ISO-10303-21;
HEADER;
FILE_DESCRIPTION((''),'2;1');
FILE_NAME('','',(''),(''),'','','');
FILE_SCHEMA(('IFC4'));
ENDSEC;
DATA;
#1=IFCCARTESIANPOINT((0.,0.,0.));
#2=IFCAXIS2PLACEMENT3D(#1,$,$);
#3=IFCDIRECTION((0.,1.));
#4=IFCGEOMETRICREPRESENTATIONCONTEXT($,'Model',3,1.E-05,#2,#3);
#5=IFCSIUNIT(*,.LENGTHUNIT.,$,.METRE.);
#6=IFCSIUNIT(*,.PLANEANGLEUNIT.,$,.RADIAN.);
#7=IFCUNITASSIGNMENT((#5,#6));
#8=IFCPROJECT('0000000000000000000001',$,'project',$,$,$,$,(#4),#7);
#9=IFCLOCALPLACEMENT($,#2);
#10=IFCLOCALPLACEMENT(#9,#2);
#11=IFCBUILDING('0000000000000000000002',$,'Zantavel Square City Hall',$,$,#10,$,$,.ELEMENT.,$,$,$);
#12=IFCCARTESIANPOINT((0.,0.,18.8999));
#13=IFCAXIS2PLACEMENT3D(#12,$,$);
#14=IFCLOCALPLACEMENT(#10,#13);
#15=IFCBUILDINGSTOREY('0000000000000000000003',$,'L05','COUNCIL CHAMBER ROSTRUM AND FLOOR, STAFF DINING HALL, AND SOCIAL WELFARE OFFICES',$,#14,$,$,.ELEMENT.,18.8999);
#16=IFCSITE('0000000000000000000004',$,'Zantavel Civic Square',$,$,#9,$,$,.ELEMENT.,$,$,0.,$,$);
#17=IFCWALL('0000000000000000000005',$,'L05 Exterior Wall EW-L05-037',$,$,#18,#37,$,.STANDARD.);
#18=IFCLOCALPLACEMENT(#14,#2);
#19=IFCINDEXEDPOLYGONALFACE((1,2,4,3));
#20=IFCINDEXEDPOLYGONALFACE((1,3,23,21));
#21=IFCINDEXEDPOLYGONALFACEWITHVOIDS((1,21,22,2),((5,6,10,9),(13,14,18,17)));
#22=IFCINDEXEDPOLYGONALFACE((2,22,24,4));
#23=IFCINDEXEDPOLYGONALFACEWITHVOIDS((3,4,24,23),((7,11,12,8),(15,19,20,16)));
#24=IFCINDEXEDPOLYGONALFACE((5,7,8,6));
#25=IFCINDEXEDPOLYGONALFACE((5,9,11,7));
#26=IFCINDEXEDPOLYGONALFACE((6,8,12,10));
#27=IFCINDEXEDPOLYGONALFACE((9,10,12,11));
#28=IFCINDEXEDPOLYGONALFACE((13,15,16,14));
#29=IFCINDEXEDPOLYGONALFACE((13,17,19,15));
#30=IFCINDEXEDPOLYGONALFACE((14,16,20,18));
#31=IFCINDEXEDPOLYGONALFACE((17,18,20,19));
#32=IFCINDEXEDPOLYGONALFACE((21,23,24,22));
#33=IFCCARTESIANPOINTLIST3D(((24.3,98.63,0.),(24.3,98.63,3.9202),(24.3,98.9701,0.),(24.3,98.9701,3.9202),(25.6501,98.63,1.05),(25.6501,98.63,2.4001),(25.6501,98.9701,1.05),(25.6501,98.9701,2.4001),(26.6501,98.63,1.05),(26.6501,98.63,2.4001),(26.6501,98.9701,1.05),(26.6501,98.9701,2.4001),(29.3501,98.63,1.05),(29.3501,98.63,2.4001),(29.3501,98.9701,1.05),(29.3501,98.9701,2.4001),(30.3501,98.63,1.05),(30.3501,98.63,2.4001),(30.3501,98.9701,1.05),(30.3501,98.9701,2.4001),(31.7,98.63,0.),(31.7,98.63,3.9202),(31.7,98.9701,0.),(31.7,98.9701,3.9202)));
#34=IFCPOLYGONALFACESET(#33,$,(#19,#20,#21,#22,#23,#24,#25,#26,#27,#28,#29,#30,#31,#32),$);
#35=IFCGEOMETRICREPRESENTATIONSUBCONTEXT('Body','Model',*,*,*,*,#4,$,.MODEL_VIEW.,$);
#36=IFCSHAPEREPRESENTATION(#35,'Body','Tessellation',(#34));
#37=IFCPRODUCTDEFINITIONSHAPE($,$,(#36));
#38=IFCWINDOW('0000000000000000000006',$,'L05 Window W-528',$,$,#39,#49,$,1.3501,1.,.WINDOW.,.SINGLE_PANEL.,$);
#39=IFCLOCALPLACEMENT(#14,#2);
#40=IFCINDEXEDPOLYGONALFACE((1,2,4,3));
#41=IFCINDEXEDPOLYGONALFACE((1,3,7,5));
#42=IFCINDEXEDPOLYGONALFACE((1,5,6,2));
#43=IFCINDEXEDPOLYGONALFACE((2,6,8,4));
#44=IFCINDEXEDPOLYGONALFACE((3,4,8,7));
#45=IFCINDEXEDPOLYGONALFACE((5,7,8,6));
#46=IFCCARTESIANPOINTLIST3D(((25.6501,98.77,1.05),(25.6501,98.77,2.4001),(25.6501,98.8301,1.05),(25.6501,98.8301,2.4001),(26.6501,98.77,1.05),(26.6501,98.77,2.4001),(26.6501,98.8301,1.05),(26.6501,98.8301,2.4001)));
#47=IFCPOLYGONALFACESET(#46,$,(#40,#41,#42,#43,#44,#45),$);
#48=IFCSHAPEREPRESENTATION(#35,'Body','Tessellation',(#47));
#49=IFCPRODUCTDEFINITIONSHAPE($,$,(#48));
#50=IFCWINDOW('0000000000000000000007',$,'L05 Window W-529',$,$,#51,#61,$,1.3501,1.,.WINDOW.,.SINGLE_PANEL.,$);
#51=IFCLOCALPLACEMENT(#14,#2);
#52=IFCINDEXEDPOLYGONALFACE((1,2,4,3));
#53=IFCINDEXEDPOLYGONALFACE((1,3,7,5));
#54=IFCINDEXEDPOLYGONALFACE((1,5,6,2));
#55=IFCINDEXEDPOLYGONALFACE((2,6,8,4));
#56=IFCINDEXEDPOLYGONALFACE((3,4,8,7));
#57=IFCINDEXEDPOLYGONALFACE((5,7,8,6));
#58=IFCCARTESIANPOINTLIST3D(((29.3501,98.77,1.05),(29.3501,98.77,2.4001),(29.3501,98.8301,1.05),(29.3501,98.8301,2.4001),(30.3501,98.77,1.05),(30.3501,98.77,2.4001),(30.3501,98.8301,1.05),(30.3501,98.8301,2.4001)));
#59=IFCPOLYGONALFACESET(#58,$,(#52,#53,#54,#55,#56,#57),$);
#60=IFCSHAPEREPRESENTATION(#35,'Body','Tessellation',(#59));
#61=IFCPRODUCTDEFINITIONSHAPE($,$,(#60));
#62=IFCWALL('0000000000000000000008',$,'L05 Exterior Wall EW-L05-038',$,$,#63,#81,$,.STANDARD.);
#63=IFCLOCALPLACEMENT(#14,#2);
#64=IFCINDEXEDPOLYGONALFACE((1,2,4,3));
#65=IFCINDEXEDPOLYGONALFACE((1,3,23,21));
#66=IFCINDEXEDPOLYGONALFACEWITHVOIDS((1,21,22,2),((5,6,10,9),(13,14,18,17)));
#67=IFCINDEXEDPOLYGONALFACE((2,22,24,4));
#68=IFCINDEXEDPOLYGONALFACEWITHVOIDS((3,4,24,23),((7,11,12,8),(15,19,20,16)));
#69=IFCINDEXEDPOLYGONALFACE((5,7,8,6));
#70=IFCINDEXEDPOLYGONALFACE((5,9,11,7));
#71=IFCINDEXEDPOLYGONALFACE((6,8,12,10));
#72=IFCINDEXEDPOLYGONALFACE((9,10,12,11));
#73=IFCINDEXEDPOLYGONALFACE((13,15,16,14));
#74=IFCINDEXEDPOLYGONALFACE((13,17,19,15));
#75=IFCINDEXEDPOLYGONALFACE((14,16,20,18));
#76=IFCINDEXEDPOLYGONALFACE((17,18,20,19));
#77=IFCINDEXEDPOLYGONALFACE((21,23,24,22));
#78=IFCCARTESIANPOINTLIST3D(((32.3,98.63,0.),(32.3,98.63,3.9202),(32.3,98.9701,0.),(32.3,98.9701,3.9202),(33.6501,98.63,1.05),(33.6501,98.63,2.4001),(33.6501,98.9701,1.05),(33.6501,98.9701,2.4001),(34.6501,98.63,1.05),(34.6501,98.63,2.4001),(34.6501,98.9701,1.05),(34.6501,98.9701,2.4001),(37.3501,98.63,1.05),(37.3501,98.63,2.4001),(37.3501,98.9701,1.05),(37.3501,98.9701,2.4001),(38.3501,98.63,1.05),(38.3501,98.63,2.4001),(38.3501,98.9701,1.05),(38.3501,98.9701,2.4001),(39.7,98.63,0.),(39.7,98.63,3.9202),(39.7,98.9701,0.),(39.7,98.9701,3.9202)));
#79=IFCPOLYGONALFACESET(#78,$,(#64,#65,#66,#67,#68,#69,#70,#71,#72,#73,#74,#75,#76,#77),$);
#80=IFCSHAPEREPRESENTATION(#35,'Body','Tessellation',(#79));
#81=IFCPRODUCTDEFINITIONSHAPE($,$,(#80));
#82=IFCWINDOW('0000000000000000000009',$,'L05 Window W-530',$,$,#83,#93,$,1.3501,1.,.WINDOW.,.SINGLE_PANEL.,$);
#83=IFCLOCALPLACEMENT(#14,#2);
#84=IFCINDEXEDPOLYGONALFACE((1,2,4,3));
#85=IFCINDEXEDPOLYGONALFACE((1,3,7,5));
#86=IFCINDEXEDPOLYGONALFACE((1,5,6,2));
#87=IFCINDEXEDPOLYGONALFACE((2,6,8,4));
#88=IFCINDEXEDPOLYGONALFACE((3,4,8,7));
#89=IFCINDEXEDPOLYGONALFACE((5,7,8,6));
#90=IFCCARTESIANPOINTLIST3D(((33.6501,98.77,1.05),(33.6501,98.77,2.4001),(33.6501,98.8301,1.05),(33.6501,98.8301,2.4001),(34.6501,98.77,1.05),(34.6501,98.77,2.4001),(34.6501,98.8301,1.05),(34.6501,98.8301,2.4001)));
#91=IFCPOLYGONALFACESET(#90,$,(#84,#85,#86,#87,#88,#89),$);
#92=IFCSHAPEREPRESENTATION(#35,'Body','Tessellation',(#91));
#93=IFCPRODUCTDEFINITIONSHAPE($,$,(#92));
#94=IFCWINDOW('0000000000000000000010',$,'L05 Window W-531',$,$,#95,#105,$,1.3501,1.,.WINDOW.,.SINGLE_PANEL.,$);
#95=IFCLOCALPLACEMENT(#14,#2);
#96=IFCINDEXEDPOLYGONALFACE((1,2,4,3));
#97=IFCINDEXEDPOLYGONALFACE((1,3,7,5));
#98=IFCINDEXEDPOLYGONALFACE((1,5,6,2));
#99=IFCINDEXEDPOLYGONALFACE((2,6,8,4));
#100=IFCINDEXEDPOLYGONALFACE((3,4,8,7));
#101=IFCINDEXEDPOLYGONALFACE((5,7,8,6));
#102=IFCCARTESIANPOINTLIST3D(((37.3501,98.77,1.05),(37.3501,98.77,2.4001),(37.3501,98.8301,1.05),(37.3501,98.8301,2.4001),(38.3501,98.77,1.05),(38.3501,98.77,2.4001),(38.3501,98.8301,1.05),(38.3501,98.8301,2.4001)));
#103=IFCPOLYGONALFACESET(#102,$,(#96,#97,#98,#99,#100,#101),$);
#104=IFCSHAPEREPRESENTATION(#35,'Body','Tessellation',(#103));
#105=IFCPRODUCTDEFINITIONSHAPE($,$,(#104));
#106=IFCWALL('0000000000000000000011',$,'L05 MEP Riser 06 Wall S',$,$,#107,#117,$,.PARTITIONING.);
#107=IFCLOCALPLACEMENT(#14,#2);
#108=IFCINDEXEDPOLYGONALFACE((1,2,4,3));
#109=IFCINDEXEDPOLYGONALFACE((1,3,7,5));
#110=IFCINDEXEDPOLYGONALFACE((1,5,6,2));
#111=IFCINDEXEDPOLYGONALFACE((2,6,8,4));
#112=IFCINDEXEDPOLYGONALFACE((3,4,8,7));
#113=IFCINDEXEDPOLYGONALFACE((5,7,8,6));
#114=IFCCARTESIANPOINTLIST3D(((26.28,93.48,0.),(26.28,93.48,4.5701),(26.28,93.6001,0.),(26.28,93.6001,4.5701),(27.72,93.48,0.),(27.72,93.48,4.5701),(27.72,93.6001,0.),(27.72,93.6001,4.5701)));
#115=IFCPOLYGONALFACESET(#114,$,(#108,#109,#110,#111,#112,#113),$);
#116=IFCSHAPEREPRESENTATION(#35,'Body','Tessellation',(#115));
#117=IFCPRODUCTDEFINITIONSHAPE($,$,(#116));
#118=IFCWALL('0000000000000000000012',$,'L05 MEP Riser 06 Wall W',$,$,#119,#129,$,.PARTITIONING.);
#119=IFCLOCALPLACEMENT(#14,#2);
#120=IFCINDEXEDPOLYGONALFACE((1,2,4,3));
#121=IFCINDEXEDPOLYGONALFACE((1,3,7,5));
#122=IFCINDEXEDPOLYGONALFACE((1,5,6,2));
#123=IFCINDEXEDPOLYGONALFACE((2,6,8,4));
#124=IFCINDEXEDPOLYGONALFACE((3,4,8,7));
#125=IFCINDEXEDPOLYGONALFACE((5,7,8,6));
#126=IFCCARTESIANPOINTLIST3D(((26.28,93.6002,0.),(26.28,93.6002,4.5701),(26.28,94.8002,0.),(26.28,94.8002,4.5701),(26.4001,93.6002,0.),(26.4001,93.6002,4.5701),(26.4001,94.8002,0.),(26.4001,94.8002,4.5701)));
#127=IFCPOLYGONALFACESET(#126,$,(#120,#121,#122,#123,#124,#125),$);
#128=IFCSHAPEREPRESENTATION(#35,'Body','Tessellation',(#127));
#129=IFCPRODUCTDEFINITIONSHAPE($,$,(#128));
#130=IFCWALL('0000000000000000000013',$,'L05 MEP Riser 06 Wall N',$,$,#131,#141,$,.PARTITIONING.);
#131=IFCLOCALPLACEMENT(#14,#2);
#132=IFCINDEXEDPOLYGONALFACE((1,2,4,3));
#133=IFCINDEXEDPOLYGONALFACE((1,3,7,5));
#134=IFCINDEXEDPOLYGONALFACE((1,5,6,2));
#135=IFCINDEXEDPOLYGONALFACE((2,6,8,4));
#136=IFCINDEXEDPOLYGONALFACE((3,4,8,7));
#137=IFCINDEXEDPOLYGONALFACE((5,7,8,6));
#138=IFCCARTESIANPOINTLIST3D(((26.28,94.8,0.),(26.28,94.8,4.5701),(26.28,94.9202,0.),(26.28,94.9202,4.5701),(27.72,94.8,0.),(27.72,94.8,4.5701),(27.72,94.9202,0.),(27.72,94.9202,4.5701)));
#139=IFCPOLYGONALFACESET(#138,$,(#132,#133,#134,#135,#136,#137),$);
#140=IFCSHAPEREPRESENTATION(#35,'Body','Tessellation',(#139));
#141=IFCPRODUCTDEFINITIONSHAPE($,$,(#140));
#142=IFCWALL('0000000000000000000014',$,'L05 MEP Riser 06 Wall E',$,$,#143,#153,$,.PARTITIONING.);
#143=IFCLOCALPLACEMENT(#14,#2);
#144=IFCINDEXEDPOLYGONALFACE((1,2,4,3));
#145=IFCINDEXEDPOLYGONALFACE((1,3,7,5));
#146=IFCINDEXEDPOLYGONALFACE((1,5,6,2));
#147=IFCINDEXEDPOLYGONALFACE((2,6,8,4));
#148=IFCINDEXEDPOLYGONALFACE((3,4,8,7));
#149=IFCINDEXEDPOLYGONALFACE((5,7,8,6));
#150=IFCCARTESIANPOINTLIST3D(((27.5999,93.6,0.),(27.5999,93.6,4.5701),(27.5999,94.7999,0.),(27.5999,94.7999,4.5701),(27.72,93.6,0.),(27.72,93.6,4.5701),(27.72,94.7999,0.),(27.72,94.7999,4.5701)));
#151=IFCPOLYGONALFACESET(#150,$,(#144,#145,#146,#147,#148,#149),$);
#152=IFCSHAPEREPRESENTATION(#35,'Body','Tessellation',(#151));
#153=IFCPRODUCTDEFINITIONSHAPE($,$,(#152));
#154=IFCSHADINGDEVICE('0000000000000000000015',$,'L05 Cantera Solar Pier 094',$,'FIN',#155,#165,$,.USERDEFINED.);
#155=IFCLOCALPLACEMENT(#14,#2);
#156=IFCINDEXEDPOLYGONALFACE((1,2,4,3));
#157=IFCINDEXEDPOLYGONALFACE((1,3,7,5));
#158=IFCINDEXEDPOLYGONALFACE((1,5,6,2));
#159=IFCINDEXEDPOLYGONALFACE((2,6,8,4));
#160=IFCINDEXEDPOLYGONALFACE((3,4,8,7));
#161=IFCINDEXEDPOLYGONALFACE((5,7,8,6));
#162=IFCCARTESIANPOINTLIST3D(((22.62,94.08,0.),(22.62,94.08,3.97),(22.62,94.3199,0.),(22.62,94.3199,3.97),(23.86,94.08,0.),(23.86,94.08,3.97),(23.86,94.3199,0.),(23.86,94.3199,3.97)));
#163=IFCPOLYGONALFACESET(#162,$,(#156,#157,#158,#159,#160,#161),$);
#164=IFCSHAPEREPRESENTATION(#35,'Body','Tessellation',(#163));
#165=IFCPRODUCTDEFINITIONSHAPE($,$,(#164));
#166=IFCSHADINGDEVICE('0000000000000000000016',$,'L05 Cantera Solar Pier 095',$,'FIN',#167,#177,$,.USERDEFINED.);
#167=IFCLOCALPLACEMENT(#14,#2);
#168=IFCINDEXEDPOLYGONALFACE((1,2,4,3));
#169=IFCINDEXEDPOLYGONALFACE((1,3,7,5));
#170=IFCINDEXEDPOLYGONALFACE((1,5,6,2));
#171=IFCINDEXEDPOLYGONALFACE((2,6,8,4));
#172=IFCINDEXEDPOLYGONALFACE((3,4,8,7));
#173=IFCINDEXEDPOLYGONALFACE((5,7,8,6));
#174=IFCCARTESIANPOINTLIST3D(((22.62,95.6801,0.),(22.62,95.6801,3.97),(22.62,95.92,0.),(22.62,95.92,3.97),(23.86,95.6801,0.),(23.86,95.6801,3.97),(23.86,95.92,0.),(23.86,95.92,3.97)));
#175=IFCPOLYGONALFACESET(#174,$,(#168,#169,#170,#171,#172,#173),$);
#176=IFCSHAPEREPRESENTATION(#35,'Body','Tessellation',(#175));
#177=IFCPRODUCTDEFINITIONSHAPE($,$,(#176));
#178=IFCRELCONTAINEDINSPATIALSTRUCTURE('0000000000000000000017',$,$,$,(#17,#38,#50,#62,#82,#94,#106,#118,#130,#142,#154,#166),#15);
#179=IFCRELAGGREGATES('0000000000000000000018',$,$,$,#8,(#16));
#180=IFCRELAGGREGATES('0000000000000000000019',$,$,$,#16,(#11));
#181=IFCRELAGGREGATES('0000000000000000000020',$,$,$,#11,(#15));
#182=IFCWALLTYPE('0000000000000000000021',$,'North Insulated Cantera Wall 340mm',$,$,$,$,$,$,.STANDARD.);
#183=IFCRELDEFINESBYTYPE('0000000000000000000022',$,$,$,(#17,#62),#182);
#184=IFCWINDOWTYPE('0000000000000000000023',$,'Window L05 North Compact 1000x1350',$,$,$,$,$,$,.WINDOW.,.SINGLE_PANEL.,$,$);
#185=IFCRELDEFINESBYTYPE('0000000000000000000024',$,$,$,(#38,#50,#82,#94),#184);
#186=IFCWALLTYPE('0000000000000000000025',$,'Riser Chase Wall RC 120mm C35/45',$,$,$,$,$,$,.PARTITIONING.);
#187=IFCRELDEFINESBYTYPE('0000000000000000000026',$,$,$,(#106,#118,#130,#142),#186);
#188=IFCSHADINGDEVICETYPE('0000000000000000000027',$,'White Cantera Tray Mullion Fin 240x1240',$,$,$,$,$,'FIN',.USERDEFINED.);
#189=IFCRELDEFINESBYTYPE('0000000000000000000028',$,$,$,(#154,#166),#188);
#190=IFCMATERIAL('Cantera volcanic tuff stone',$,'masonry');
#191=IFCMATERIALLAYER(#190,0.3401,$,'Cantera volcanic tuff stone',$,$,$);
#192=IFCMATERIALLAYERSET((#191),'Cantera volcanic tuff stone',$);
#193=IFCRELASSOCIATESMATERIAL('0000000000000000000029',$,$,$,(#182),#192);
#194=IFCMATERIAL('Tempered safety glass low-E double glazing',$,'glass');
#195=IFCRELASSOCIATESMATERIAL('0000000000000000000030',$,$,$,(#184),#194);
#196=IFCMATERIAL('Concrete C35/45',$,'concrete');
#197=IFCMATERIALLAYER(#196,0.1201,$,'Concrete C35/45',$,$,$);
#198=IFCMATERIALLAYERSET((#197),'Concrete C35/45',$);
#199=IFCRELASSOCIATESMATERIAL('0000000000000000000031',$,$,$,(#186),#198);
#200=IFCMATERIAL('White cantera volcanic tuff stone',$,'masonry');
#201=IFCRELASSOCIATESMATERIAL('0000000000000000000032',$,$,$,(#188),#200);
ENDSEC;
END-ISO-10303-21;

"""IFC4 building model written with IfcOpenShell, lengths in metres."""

from ifc_helpers import new_model, si_unit, direction, frame, frame_2d, origin, origin_2d, place, context, subcontext, project, spatial, rectangle, extrude, material, layer, layer_set, type_object, element, fill, save


model = new_model("IFC4")

# Units and contexts
model_context = context("Model", 3, precision=1e-05, world=origin(), true_north=direction((0.0, 1.0)))
body_context = subcontext(model_context, "Body", "Model", "MODEL_VIEW")
ifc_project = project(units=[si_unit("LENGTHUNIT", "METRE"), si_unit("PLANEANGLEUNIT", "RADIAN")], contexts=[model_context])

# Site, building, storey
site_placement = place(None, origin())
site = spatial("IfcSite", under=ifc_project, at=site_placement, Name="Zantavel Civic Square", CompositionType="ELEMENT", RefElevation=0.0)
building_placement = place(site_placement, origin())
building = spatial("IfcBuilding", under=site, at=building_placement, Name="Zantavel Square City Hall", CompositionType="ELEMENT")
storey_placement = place(building_placement, frame((0.0, 0.0, 18.8999)))
storey = spatial("IfcBuildingStorey", under=building, at=storey_placement, Name="L05", Description="COUNCIL CHAMBER ROSTRUM AND FLOOR, STAFF DINING HALL, AND SOCIAL WELFARE OFFICES", CompositionType="ELEMENT", Elevation=18.8999)

# Shared definitions
ifc_material_1 = material(Name="Concrete C35/45", Category="concrete")

# Walls, openings, windows
ifc_material_2 = material(Name="Cantera volcanic tuff stone", Category="masonry")
ifc_material_3 = material(Name="Tempered safety glass low-E double glazing", Category="glass")
ifc_layer_1 = layer(ifc_material_2, 0.3401, Name="Cantera volcanic tuff stone")
ifc_layer_set_1 = layer_set([ifc_layer_1], Name="Cantera volcanic tuff stone")
wall_type_1 = type_object("IfcWallType", Name="North Insulated Cantera Wall 340mm", PredefinedType="STANDARD", material=ifc_layer_set_1)
wall_1_placement = place(storey_placement, frame((24.3, 98.8, 0.0), z_axis=(0.0, 0.0, 1.0), x_axis=(1.0, 0.0, 0.0)))
wall_1 = element("IfcWall", 1, at=wall_1_placement, inside=storey, type_object=wall_type_1, Name="L05 Exterior Wall EW-L05-037", PredefinedType="STANDARD", context=body_context, shape_type="SweptSolid", body=[
    extrude(rectangle(XDim=7.3999, YDim=0.3401, at=frame_2d((3.7, 0.0))), origin(), (0.0, 0.0, 1.0), 3.9202),
])
opening_1_placement = place(wall_1_placement, frame((1.3501, 0.0, 1.05)))
opening_1 = element("IfcOpeningElement", 2, at=opening_1_placement, cuts=wall_1, PredefinedType="OPENING", context=body_context, shape_type="SweptSolid", body=[
    extrude(rectangle(XDim=1.0, YDim=1.3501, at=frame_2d((0.5, 0.675))), frame((0.0, 0.1799, 0.0), z_axis=(0.0, -1.0, 0.0), x_axis=(1.0, 0.0, 0.0)), (0.0, 0.0, 1.0), 0.3601),
])
opening_2_placement = place(wall_1_placement, frame((5.05, 0.0, 1.05)))
opening_2 = element("IfcOpeningElement", 3, at=opening_2_placement, cuts=wall_1, PredefinedType="OPENING", context=body_context, shape_type="SweptSolid", body=[
    extrude(rectangle(XDim=1.0, YDim=1.3501, at=frame_2d((0.5, 0.675))), frame((0.0, 0.1799, 0.0), z_axis=(0.0, -1.0, 0.0), x_axis=(1.0, 0.0, 0.0)), (0.0, 0.0, 1.0), 0.3601),
])
window_type_1 = type_object("IfcWindowType", Name="Window L05 North Compact 1000x1350", PartitioningType="SINGLE_PANEL", PredefinedType="WINDOW", material=ifc_material_3)
window_1_placement = place(opening_1_placement, origin())
window_1 = element("IfcWindow", 4, at=window_1_placement, inside=storey, type_object=window_type_1, Name="L05 Window W-528", OverallHeight=1.3501, OverallWidth=1.0, PartitioningType="SINGLE_PANEL", PredefinedType="WINDOW", context=body_context, shape_type="SweptSolid", body=[
    extrude(rectangle(XDim=1.0, YDim=1.3501, at=frame_2d((0.5, 0.675))), frame((0.0, 0.03, 0.0), z_axis=(0.0, -1.0, 0.0), x_axis=(1.0, 0.0, 0.0)), (0.0, 0.0, 1.0), 0.0601),
])
fill(opening_1, window_1)
window_2_placement = place(opening_2_placement, origin())
window_2 = element("IfcWindow", 5, at=window_2_placement, inside=storey, type_object=window_type_1, Name="L05 Window W-529", OverallHeight=1.3501, OverallWidth=1.0, PartitioningType="SINGLE_PANEL", PredefinedType="WINDOW", context=body_context, shape_type="SweptSolid", body=[
    extrude(rectangle(XDim=1.0, YDim=1.3501, at=frame_2d((0.5, 0.675))), frame((0.0, 0.03, 0.0), z_axis=(0.0, -1.0, 0.0), x_axis=(1.0, 0.0, 0.0)), (0.0, 0.0, 1.0), 0.0601),
])
fill(opening_2, window_2)
wall_2_placement = place(storey_placement, frame((32.3, 98.8, 0.0), z_axis=(0.0, 0.0, 1.0), x_axis=(1.0, 0.0, 0.0)))
wall_2 = element("IfcWall", 6, at=wall_2_placement, inside=storey, type_object=wall_type_1, Name="L05 Exterior Wall EW-L05-038", PredefinedType="STANDARD", context=body_context, shape_type="SweptSolid", body=[
    extrude(rectangle(XDim=7.3999, YDim=0.3401, at=frame_2d((3.7, 0.0))), origin(), (0.0, 0.0, 1.0), 3.9202),
])
opening_3_placement = place(wall_2_placement, frame((1.3501, 0.0, 1.05)))
opening_3 = element("IfcOpeningElement", 7, at=opening_3_placement, cuts=wall_2, PredefinedType="OPENING", context=body_context, shape_type="SweptSolid", body=[
    extrude(rectangle(XDim=1.0, YDim=1.3501, at=frame_2d((0.5, 0.675))), frame((0.0, 0.1799, 0.0), z_axis=(0.0, -1.0, 0.0), x_axis=(1.0, 0.0, 0.0)), (0.0, 0.0, 1.0), 0.3601),
])
opening_4_placement = place(wall_2_placement, frame((5.05, 0.0, 1.05)))
opening_4 = element("IfcOpeningElement", 8, at=opening_4_placement, cuts=wall_2, PredefinedType="OPENING", context=body_context, shape_type="SweptSolid", body=[
    extrude(rectangle(XDim=1.0, YDim=1.3501, at=frame_2d((0.5, 0.675))), frame((0.0, 0.1799, 0.0), z_axis=(0.0, -1.0, 0.0), x_axis=(1.0, 0.0, 0.0)), (0.0, 0.0, 1.0), 0.3601),
])
window_3_placement = place(opening_3_placement, origin())
window_3 = element("IfcWindow", 9, at=window_3_placement, inside=storey, type_object=window_type_1, Name="L05 Window W-530", OverallHeight=1.3501, OverallWidth=1.0, PartitioningType="SINGLE_PANEL", PredefinedType="WINDOW", context=body_context, shape_type="SweptSolid", body=[
    extrude(rectangle(XDim=1.0, YDim=1.3501, at=frame_2d((0.5, 0.675))), frame((0.0, 0.03, 0.0), z_axis=(0.0, -1.0, 0.0), x_axis=(1.0, 0.0, 0.0)), (0.0, 0.0, 1.0), 0.0601),
])
fill(opening_3, window_3)
window_4_placement = place(opening_4_placement, origin())
window_4 = element("IfcWindow", 10, at=window_4_placement, inside=storey, type_object=window_type_1, Name="L05 Window W-531", OverallHeight=1.3501, OverallWidth=1.0, PartitioningType="SINGLE_PANEL", PredefinedType="WINDOW", context=body_context, shape_type="SweptSolid", body=[
    extrude(rectangle(XDim=1.0, YDim=1.3501, at=frame_2d((0.5, 0.675))), frame((0.0, 0.03, 0.0), z_axis=(0.0, -1.0, 0.0), x_axis=(1.0, 0.0, 0.0)), (0.0, 0.0, 1.0), 0.0601),
])
fill(opening_4, window_4)

# Walls
ifc_layer_2 = layer(ifc_material_1, 0.1201, Name="Concrete C35/45")
ifc_layer_set_2 = layer_set([ifc_layer_2], Name="Concrete C35/45")
wall_type_2 = type_object("IfcWallType", Name="Riser Chase Wall RC 120mm C35/45", PredefinedType="PARTITIONING", material=ifc_layer_set_2)
wall_3_placement = place(storey_placement, frame((27.72, 93.54, 0.0), z_axis=(0.0, 0.0, 1.0), x_axis=(-1.0, 0.0, 0.0)))
element("IfcWall", 11, at=wall_3_placement, inside=storey, type_object=wall_type_2, Name="L05 MEP Riser 06 Wall S", PredefinedType="PARTITIONING", context=body_context, shape_type="SweptSolid", body=[
    extrude(rectangle(XDim=1.4399, YDim=0.1201, at=frame_2d((0.72, 0.0))), origin(), (0.0, 0.0, 1.0), 4.5701),
])
wall_4_placement = place(storey_placement, frame((26.3401, 93.6001, 0.0), z_axis=(0.0, 0.0, 1.0), x_axis=(0.0, 1.0, 0.0)))
element("IfcWall", 12, at=wall_4_placement, inside=storey, type_object=wall_type_2, Name="L05 MEP Riser 06 Wall W", PredefinedType="PARTITIONING", context=body_context, shape_type="SweptSolid", body=[
    extrude(rectangle(XDim=1.2, YDim=0.1201, at=frame_2d((0.6001, 0.0))), origin(), (0.0, 0.0, 1.0), 4.5701),
])
wall_5_placement = place(storey_placement, frame((26.28, 94.8601, 0.0), z_axis=(0.0, 0.0, 1.0), x_axis=(1.0, 0.0, 0.0)))
element("IfcWall", 13, at=wall_5_placement, inside=storey, type_object=wall_type_2, Name="L05 MEP Riser 06 Wall N", PredefinedType="PARTITIONING", context=body_context, shape_type="SweptSolid", body=[
    extrude(rectangle(XDim=1.4399, YDim=0.1201, at=frame_2d((0.72, 0.0))), origin(), (0.0, 0.0, 1.0), 4.5701),
])
wall_6_placement = place(storey_placement, frame((27.6599, 94.8, 0.0), z_axis=(0.0, 0.0, 1.0), x_axis=(0.0, -1.0, 0.0)))
element("IfcWall", 14, at=wall_6_placement, inside=storey, type_object=wall_type_2, Name="L05 MEP Riser 06 Wall E", PredefinedType="PARTITIONING", context=body_context, shape_type="SweptSolid", body=[
    extrude(rectangle(XDim=1.2, YDim=0.1201, at=frame_2d((0.6001, 0.0))), origin(), (0.0, 0.0, 1.0), 4.5701),
])

# Shading devices
ifc_material_4 = material(Name="White cantera volcanic tuff stone", Category="masonry")
shading_device_type = type_object("IfcShadingDeviceType", Name="White Cantera Tray Mullion Fin 240x1240", ElementType="FIN", PredefinedType="USERDEFINED", material=ifc_material_4)
for number, where, z_axis, x_axis, name in (
    (15, (23.24, 94.2, 0.0), (0.0, 0.0, 1.0), (1.0, 0.0, 0.0), "L05 Cantera Solar Pier 094"),
    (16, (23.24, 95.8, 0.0), (0.0, 0.0, 1.0), (1.0, 0.0, 0.0), "L05 Cantera Solar Pier 095"),
):
    element("IfcShadingDevice", number, at=place(storey_placement, frame(where, z_axis=z_axis, x_axis=x_axis)), inside=storey, type_object=shading_device_type, Name=name, ObjectType="FIN", PredefinedType="USERDEFINED", context=body_context, shape_type="SweptSolid", body=[
        extrude(rectangle(XDim=1.24, YDim=0.24, at=origin_2d()), origin(), (0.0, 0.0, 1.0), 3.97),
    ])

save(model, "model.ifc")
